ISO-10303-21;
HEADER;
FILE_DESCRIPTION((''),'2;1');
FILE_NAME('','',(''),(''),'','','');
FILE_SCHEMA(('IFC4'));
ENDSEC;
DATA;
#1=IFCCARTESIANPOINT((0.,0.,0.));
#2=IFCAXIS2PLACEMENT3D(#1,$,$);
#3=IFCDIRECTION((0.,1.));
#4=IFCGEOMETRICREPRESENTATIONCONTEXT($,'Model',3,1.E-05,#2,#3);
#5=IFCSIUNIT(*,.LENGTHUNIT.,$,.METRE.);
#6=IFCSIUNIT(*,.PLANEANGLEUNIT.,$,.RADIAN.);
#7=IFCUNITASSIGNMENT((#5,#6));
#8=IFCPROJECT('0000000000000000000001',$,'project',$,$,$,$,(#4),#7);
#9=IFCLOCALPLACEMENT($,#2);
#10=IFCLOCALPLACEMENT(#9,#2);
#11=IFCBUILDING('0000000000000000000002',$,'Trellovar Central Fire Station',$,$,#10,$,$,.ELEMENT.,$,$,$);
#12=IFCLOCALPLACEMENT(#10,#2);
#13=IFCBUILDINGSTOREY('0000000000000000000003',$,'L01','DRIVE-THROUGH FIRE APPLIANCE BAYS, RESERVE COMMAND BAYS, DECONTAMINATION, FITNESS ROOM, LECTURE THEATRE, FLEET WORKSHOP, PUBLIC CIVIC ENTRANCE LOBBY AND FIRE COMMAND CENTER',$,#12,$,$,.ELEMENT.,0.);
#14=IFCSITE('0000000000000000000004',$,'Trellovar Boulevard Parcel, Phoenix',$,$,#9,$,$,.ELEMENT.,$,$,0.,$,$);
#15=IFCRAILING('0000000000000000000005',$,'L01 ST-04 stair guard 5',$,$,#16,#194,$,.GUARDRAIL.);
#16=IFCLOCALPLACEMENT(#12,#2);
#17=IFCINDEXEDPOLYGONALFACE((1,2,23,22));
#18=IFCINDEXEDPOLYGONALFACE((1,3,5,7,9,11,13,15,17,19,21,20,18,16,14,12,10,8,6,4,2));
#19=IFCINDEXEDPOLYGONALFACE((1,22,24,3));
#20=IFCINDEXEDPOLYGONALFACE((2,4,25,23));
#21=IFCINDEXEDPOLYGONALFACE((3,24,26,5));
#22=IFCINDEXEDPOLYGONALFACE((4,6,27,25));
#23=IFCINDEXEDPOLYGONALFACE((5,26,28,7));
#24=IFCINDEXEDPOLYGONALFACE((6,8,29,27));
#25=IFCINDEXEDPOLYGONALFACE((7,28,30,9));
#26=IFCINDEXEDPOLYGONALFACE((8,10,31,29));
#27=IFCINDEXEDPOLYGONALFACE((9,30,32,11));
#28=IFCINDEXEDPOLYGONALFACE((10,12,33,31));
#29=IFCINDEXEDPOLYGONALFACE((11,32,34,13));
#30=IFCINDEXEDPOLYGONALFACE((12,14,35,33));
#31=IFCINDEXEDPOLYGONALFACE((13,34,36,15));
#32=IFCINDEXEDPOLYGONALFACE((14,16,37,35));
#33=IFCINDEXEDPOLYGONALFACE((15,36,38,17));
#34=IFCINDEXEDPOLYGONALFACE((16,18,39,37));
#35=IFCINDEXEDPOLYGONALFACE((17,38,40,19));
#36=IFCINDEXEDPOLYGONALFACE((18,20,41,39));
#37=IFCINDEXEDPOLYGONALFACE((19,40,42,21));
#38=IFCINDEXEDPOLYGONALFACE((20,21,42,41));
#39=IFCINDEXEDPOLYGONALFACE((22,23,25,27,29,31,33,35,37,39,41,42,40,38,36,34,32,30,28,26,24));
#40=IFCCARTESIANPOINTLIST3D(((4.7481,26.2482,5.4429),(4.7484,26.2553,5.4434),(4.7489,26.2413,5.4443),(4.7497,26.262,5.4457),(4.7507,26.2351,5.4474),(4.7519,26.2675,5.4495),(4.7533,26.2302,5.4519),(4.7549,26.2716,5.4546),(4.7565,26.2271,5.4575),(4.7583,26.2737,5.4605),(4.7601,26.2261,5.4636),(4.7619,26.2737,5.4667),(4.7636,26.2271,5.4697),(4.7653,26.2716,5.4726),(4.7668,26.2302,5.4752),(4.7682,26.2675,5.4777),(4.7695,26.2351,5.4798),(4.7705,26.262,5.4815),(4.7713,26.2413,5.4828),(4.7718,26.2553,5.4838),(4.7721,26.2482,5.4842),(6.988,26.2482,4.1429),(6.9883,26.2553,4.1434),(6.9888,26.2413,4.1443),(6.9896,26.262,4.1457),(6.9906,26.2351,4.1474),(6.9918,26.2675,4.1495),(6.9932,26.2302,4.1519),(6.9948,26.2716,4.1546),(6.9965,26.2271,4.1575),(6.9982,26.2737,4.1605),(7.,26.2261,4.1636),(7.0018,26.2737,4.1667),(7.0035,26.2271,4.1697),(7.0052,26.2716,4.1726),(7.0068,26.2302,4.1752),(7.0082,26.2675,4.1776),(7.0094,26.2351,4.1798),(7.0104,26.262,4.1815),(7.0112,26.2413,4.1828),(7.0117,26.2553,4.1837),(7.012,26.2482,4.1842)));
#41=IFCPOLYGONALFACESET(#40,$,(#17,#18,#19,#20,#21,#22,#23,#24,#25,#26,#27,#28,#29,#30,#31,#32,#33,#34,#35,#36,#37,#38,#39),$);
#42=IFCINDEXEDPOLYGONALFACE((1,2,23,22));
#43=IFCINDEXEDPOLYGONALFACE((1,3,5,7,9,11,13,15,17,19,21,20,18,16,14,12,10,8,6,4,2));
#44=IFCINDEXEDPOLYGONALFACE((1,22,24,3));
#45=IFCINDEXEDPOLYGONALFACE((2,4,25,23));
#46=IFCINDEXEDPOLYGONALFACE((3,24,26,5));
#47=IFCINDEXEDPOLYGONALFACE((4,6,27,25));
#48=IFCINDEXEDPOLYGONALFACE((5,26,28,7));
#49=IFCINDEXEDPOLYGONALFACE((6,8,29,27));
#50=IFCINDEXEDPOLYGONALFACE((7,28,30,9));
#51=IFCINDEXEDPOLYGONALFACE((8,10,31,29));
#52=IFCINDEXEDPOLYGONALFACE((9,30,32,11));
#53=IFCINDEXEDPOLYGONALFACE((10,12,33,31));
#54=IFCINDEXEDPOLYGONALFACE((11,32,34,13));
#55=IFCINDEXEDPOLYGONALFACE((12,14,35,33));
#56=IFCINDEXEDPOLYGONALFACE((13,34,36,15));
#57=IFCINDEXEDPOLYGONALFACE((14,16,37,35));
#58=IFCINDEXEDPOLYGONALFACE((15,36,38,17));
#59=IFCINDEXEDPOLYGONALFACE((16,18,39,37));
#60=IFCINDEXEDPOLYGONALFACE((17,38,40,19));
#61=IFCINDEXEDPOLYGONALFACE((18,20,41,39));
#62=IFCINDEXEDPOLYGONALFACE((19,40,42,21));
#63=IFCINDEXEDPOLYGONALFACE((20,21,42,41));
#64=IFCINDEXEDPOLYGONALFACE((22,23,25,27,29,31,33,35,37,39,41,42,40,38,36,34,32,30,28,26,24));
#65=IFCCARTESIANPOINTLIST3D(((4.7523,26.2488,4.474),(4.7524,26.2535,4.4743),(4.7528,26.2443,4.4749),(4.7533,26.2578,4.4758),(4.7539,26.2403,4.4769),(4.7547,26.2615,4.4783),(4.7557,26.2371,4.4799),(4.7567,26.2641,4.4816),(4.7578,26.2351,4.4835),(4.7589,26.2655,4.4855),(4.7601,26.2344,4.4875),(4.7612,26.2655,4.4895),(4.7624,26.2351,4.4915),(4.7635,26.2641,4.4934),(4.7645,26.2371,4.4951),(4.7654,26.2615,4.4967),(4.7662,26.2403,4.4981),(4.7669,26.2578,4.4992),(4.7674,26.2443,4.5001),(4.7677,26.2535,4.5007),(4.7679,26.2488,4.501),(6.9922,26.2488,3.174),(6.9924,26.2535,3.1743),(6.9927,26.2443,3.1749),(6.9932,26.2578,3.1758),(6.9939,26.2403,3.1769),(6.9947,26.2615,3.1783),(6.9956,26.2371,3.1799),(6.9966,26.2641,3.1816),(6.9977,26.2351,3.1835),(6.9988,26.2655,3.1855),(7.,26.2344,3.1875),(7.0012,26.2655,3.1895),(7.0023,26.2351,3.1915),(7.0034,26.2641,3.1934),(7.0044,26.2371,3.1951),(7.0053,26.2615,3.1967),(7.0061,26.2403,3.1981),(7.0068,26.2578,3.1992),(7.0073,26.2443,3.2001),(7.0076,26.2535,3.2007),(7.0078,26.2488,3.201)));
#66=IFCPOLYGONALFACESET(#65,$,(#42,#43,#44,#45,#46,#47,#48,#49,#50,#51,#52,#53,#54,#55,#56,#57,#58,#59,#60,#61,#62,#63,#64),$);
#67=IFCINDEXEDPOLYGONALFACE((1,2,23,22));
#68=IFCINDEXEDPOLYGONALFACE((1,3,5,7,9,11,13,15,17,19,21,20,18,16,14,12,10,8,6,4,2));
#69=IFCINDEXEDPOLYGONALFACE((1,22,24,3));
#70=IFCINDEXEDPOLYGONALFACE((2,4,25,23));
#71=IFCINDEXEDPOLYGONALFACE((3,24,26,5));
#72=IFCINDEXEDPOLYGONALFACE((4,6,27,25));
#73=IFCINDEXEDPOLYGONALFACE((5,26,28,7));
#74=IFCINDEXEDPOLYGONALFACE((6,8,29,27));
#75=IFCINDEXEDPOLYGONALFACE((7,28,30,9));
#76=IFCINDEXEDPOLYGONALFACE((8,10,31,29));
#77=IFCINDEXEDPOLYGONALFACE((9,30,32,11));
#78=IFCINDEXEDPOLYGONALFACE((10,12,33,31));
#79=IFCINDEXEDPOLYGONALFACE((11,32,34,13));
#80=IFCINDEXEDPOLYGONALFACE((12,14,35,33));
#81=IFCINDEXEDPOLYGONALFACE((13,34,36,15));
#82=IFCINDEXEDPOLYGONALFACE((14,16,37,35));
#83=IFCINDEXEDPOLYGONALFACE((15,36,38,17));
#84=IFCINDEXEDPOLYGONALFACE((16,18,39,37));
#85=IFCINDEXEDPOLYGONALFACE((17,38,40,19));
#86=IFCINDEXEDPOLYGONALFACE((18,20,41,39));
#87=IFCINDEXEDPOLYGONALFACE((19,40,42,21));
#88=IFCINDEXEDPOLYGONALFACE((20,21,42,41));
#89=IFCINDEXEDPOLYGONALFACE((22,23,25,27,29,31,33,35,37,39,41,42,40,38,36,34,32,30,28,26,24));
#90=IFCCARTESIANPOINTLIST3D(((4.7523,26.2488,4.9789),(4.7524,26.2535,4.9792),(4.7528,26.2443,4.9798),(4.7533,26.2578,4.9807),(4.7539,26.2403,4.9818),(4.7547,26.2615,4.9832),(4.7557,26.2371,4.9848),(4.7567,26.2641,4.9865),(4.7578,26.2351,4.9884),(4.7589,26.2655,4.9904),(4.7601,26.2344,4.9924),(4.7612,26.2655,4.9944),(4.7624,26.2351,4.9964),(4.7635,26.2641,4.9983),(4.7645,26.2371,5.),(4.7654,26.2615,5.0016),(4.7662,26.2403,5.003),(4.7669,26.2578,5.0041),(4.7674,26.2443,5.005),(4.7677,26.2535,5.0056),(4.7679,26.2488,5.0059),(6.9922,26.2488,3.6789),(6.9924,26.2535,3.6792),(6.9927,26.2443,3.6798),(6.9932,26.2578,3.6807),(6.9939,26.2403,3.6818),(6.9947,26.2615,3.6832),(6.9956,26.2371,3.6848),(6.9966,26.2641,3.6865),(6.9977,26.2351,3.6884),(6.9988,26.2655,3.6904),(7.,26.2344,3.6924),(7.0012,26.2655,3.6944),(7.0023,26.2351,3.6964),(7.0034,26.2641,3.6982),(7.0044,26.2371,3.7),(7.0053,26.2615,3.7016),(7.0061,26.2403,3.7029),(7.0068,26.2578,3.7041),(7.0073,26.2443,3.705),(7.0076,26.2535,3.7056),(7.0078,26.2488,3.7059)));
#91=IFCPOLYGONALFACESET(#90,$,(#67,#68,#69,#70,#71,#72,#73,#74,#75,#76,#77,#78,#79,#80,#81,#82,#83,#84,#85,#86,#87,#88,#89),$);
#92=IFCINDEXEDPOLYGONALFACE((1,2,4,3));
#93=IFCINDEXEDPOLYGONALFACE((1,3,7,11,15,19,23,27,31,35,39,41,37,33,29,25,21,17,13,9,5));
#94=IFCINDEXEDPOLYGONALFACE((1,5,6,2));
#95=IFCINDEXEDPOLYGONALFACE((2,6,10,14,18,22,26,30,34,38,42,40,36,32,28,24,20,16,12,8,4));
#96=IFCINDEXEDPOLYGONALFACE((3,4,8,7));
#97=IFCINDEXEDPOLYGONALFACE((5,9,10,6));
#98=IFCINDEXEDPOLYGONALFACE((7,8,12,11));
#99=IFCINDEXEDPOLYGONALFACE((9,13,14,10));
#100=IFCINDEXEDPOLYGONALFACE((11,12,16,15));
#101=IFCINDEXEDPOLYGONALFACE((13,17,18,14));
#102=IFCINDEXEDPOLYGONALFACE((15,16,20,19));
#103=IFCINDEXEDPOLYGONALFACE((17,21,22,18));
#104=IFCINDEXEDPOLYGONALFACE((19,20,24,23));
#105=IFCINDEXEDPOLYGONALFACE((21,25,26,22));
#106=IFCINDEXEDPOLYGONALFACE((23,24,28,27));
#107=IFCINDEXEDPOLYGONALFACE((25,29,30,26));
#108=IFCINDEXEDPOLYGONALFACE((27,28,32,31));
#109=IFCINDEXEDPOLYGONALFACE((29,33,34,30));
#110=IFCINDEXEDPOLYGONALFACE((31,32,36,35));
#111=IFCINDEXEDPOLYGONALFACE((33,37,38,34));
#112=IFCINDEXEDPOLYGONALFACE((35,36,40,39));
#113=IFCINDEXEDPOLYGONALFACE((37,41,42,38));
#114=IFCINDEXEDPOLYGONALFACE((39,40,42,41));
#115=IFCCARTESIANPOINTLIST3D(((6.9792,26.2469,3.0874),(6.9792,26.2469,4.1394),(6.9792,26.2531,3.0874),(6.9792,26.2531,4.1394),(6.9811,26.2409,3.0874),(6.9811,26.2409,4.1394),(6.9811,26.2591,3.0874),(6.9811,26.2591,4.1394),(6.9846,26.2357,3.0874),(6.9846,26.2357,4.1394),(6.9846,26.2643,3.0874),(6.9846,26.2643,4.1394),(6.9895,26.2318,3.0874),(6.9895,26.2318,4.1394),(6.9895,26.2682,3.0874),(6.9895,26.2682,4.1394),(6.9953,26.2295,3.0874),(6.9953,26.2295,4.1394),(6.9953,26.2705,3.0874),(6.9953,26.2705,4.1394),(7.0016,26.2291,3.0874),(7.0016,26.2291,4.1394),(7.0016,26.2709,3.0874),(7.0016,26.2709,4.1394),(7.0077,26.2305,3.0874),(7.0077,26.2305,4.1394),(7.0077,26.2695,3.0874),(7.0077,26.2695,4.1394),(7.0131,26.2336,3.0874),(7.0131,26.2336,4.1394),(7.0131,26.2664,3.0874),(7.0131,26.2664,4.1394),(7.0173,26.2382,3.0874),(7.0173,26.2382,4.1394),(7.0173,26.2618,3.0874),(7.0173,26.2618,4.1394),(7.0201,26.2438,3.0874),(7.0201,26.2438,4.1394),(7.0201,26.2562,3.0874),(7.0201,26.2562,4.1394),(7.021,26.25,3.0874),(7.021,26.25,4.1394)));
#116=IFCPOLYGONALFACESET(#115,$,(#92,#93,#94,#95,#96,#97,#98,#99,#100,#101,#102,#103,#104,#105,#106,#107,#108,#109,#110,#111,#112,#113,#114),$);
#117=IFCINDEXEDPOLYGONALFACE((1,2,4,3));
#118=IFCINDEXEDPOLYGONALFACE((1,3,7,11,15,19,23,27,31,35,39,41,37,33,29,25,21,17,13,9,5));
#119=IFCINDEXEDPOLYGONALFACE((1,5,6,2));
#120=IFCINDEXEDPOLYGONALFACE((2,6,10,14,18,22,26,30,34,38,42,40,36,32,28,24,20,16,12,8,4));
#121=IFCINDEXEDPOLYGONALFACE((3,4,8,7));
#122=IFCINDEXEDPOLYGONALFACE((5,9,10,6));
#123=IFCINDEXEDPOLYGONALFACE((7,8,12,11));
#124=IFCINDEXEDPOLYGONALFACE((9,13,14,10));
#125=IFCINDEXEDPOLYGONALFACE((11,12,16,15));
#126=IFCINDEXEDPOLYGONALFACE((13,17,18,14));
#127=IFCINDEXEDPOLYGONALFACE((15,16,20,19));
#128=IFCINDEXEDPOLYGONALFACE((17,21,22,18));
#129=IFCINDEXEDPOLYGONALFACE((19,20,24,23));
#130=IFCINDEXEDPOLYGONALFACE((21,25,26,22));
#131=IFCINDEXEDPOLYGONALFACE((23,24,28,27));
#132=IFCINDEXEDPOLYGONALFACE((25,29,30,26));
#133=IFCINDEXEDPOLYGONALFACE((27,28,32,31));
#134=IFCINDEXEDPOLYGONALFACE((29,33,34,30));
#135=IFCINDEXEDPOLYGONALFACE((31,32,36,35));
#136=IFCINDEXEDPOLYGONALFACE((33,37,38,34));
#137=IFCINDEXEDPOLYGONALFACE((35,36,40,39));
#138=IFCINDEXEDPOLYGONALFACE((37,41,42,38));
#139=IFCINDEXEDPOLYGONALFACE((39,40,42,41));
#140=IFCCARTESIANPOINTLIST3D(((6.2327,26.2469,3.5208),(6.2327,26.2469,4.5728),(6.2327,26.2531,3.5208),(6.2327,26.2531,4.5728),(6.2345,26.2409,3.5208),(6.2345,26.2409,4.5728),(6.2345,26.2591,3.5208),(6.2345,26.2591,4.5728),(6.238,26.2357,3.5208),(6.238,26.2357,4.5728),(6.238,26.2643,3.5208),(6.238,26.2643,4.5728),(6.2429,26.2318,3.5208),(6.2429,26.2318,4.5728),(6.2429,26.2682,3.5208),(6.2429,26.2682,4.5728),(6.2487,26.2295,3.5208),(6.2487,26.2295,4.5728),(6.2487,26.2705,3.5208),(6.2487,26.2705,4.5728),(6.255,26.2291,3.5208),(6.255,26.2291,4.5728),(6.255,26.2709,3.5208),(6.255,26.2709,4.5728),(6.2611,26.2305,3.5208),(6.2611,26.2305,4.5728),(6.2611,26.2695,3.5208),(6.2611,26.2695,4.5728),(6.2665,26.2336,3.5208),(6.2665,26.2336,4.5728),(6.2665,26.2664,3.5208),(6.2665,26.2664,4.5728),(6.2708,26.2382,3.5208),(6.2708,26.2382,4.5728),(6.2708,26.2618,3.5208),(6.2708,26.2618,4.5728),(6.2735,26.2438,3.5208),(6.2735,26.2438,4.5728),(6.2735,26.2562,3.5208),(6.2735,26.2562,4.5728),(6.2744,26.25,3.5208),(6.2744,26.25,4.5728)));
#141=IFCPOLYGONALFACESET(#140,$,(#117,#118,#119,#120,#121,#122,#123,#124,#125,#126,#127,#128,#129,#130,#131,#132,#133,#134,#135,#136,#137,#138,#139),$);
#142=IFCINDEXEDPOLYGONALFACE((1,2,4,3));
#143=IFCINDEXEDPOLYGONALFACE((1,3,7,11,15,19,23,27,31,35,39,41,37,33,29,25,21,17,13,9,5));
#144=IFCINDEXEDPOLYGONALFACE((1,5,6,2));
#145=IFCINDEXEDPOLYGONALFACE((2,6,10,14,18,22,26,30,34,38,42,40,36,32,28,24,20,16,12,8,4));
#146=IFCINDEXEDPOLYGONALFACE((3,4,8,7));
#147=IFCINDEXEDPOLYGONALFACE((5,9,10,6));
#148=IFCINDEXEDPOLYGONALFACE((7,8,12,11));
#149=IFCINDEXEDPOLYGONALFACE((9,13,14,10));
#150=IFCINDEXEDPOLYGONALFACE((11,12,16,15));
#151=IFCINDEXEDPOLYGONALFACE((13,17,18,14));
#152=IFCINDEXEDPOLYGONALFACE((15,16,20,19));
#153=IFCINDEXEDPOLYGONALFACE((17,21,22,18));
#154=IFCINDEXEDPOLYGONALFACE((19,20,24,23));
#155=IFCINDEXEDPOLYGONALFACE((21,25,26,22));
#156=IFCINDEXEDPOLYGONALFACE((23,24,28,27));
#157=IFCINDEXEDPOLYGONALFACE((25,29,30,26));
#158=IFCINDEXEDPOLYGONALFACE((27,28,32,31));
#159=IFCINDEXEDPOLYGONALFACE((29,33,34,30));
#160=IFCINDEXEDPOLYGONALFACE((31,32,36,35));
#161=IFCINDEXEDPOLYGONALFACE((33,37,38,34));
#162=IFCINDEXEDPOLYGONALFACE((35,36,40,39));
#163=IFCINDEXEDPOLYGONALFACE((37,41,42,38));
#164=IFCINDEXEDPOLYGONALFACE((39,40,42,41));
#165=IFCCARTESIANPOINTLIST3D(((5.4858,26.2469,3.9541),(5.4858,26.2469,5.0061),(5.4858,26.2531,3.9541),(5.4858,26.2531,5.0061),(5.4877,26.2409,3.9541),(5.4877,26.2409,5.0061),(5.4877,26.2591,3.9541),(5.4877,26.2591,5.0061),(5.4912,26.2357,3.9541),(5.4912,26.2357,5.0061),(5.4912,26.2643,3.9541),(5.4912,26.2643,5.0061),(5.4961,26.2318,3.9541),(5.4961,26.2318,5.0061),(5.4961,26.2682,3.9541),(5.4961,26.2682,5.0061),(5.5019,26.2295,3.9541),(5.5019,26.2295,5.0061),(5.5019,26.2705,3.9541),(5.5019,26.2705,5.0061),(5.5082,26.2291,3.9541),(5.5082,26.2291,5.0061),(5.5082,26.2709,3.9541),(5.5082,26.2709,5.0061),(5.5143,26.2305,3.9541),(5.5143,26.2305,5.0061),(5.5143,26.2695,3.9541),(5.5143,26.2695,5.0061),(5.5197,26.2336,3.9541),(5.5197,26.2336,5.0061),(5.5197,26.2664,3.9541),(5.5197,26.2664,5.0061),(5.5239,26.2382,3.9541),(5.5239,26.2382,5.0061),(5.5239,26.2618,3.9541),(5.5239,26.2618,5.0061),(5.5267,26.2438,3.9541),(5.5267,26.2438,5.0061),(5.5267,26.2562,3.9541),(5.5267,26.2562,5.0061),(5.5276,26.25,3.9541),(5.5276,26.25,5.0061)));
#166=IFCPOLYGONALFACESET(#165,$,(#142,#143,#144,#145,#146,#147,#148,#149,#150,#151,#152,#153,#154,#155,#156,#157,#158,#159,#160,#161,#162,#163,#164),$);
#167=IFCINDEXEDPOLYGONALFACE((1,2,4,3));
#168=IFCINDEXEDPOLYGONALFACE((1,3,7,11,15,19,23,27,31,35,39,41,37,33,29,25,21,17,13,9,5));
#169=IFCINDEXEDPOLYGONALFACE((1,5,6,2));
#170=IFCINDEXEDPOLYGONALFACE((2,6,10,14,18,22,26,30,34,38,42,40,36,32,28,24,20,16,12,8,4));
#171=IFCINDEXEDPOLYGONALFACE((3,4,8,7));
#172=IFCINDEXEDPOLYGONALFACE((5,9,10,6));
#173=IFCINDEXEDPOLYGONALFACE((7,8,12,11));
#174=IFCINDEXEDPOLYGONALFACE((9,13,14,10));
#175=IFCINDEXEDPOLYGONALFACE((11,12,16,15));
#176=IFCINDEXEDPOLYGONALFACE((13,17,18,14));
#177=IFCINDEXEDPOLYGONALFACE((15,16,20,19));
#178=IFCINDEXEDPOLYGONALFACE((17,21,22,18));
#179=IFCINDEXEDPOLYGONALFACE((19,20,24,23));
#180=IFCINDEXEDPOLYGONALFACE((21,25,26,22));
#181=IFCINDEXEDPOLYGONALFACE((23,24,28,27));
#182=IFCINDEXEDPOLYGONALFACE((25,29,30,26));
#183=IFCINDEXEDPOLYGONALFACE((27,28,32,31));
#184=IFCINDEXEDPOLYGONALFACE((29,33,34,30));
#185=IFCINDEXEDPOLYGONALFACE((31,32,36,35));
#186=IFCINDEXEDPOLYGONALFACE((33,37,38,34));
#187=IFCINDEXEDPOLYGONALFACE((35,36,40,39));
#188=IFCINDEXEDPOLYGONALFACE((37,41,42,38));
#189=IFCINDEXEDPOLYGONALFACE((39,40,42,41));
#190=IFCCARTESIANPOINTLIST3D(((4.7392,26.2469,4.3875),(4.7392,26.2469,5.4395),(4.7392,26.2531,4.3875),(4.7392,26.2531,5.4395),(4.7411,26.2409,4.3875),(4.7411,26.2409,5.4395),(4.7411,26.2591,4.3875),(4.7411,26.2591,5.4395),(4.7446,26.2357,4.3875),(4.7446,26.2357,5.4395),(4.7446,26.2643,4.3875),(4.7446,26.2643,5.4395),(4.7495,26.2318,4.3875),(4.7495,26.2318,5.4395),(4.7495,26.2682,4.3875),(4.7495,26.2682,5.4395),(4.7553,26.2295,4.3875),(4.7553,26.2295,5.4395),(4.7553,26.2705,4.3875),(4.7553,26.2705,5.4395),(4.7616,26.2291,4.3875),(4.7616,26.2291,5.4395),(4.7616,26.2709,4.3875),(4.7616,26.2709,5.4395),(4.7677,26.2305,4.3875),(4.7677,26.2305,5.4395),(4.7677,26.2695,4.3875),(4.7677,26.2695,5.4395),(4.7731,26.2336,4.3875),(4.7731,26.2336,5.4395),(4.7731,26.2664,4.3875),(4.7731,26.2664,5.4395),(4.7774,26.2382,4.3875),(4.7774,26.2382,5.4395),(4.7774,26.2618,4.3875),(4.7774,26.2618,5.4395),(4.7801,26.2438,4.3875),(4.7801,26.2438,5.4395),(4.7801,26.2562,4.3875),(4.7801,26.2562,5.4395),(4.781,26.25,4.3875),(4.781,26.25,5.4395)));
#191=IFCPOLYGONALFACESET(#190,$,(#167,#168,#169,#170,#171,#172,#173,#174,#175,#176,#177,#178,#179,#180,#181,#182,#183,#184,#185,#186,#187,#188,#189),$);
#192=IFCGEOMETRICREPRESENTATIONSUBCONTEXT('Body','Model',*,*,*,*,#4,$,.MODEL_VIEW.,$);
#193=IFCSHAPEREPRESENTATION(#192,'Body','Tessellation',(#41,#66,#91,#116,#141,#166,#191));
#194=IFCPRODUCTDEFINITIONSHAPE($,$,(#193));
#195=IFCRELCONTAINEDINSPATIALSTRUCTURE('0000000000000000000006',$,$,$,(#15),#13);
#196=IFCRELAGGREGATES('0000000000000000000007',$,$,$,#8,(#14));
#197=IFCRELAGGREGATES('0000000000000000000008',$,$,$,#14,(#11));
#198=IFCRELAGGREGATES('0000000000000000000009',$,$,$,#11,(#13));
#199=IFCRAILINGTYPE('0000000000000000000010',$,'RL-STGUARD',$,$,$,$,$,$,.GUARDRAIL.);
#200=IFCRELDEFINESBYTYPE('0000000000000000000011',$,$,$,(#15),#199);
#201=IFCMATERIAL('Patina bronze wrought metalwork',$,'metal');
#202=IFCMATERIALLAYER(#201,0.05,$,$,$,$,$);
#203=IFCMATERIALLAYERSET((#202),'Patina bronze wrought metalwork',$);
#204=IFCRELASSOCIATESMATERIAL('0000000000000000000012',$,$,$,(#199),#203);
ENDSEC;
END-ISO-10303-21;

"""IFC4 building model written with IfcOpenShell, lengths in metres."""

from ifc_helpers import new_model, si_unit, direction, frame, origin, origin_2d, place, context, subcontext, project, spatial, circle, extrude, material, layer, layer_set, type_object, element, save


model = new_model("IFC4")

# Units and contexts
model_context = context("Model", 3, precision=1e-05, world=origin(), true_north=direction((0.0, 1.0)))
body_context = subcontext(model_context, "Body", "Model", "MODEL_VIEW")
ifc_project = project(units=[si_unit("LENGTHUNIT", "METRE"), si_unit("PLANEANGLEUNIT", "RADIAN")], contexts=[model_context])

# Site, building, storey
site_placement = place(None, origin())
site = spatial("IfcSite", under=ifc_project, at=site_placement, Name="Trellovar Boulevard Parcel, Phoenix", CompositionType="ELEMENT", RefElevation=0.0)
building_placement = place(site_placement, origin())
building = spatial("IfcBuilding", under=site, at=building_placement, Name="Trellovar Central Fire Station", CompositionType="ELEMENT")
storey_placement = place(building_placement, origin())
storey = spatial("IfcBuildingStorey", under=building, at=storey_placement, Name="L01", Description="DRIVE-THROUGH FIRE APPLIANCE BAYS, RESERVE COMMAND BAYS, DECONTAMINATION, FITNESS ROOM, LECTURE THEATRE, FLEET WORKSHOP, PUBLIC CIVIC ENTRANCE LOBBY AND FIRE COMMAND CENTER", CompositionType="ELEMENT", Elevation=0.0)

# Railing
ifc_material_1 = material(Name="Patina bronze wrought metalwork", Category="metal")
ifc_layer_1 = layer(ifc_material_1, 0.05)
ifc_layer_set_1 = layer_set([ifc_layer_1], Name="Patina bronze wrought metalwork")
railing_type_1 = type_object("IfcRailingType", Name="RL-STGUARD", PredefinedType="GUARDRAIL", material=ifc_layer_set_1)
railing_1_placement = place(storey_placement, frame((7.0, 26.25, 3.0874)))
element("IfcRailing", 1, at=railing_1_placement, inside=storey, type_object=railing_type_1, Name="L01 ST-04 stair guard 5", PredefinedType="GUARDRAIL", context=body_context, shape_type="SweptSolid", body=[
    extrude(circle(Radius=0.0239, at=origin_2d()), frame((0.0, 0.0, 1.0762), z_axis=(-0.864888, 0.0, 0.501965), x_axis=(0.0, -1.0, 0.0)), (0.0, 0.0, 1.0), 2.5898),
    extrude(circle(Radius=0.0156, at=origin_2d()), frame((0.0, 0.0, 0.1001), z_axis=(-0.864888, 0.0, 0.501965), x_axis=(0.0, -1.0, 0.0)), (0.0, 0.0, 1.0), 2.5898),
    extrude(circle(Radius=0.0156, at=origin_2d()), frame((0.0, 0.0, 0.605), z_axis=(-0.864888, 0.0, 0.501965), x_axis=(0.0, -1.0, 0.0)), (0.0, 0.0, 1.0), 2.5898),
    extrude(circle(Radius=0.021, at=origin_2d()), origin(), (0.0, 0.0, 1.0), 1.052),
    extrude(circle(Radius=0.021, at=origin_2d()), frame((-0.7466, 0.0, 0.4333)), (0.0, 0.0, 1.0), 1.052),
    extrude(circle(Radius=0.021, at=origin_2d()), frame((-1.4934, 0.0, 0.8667)), (0.0, 0.0, 1.0), 1.052),
    extrude(circle(Radius=0.021, at=origin_2d()), frame((-2.24, 0.0, 1.3)), (0.0, 0.0, 1.0), 1.052),
])

save(model, "model.ifc")
